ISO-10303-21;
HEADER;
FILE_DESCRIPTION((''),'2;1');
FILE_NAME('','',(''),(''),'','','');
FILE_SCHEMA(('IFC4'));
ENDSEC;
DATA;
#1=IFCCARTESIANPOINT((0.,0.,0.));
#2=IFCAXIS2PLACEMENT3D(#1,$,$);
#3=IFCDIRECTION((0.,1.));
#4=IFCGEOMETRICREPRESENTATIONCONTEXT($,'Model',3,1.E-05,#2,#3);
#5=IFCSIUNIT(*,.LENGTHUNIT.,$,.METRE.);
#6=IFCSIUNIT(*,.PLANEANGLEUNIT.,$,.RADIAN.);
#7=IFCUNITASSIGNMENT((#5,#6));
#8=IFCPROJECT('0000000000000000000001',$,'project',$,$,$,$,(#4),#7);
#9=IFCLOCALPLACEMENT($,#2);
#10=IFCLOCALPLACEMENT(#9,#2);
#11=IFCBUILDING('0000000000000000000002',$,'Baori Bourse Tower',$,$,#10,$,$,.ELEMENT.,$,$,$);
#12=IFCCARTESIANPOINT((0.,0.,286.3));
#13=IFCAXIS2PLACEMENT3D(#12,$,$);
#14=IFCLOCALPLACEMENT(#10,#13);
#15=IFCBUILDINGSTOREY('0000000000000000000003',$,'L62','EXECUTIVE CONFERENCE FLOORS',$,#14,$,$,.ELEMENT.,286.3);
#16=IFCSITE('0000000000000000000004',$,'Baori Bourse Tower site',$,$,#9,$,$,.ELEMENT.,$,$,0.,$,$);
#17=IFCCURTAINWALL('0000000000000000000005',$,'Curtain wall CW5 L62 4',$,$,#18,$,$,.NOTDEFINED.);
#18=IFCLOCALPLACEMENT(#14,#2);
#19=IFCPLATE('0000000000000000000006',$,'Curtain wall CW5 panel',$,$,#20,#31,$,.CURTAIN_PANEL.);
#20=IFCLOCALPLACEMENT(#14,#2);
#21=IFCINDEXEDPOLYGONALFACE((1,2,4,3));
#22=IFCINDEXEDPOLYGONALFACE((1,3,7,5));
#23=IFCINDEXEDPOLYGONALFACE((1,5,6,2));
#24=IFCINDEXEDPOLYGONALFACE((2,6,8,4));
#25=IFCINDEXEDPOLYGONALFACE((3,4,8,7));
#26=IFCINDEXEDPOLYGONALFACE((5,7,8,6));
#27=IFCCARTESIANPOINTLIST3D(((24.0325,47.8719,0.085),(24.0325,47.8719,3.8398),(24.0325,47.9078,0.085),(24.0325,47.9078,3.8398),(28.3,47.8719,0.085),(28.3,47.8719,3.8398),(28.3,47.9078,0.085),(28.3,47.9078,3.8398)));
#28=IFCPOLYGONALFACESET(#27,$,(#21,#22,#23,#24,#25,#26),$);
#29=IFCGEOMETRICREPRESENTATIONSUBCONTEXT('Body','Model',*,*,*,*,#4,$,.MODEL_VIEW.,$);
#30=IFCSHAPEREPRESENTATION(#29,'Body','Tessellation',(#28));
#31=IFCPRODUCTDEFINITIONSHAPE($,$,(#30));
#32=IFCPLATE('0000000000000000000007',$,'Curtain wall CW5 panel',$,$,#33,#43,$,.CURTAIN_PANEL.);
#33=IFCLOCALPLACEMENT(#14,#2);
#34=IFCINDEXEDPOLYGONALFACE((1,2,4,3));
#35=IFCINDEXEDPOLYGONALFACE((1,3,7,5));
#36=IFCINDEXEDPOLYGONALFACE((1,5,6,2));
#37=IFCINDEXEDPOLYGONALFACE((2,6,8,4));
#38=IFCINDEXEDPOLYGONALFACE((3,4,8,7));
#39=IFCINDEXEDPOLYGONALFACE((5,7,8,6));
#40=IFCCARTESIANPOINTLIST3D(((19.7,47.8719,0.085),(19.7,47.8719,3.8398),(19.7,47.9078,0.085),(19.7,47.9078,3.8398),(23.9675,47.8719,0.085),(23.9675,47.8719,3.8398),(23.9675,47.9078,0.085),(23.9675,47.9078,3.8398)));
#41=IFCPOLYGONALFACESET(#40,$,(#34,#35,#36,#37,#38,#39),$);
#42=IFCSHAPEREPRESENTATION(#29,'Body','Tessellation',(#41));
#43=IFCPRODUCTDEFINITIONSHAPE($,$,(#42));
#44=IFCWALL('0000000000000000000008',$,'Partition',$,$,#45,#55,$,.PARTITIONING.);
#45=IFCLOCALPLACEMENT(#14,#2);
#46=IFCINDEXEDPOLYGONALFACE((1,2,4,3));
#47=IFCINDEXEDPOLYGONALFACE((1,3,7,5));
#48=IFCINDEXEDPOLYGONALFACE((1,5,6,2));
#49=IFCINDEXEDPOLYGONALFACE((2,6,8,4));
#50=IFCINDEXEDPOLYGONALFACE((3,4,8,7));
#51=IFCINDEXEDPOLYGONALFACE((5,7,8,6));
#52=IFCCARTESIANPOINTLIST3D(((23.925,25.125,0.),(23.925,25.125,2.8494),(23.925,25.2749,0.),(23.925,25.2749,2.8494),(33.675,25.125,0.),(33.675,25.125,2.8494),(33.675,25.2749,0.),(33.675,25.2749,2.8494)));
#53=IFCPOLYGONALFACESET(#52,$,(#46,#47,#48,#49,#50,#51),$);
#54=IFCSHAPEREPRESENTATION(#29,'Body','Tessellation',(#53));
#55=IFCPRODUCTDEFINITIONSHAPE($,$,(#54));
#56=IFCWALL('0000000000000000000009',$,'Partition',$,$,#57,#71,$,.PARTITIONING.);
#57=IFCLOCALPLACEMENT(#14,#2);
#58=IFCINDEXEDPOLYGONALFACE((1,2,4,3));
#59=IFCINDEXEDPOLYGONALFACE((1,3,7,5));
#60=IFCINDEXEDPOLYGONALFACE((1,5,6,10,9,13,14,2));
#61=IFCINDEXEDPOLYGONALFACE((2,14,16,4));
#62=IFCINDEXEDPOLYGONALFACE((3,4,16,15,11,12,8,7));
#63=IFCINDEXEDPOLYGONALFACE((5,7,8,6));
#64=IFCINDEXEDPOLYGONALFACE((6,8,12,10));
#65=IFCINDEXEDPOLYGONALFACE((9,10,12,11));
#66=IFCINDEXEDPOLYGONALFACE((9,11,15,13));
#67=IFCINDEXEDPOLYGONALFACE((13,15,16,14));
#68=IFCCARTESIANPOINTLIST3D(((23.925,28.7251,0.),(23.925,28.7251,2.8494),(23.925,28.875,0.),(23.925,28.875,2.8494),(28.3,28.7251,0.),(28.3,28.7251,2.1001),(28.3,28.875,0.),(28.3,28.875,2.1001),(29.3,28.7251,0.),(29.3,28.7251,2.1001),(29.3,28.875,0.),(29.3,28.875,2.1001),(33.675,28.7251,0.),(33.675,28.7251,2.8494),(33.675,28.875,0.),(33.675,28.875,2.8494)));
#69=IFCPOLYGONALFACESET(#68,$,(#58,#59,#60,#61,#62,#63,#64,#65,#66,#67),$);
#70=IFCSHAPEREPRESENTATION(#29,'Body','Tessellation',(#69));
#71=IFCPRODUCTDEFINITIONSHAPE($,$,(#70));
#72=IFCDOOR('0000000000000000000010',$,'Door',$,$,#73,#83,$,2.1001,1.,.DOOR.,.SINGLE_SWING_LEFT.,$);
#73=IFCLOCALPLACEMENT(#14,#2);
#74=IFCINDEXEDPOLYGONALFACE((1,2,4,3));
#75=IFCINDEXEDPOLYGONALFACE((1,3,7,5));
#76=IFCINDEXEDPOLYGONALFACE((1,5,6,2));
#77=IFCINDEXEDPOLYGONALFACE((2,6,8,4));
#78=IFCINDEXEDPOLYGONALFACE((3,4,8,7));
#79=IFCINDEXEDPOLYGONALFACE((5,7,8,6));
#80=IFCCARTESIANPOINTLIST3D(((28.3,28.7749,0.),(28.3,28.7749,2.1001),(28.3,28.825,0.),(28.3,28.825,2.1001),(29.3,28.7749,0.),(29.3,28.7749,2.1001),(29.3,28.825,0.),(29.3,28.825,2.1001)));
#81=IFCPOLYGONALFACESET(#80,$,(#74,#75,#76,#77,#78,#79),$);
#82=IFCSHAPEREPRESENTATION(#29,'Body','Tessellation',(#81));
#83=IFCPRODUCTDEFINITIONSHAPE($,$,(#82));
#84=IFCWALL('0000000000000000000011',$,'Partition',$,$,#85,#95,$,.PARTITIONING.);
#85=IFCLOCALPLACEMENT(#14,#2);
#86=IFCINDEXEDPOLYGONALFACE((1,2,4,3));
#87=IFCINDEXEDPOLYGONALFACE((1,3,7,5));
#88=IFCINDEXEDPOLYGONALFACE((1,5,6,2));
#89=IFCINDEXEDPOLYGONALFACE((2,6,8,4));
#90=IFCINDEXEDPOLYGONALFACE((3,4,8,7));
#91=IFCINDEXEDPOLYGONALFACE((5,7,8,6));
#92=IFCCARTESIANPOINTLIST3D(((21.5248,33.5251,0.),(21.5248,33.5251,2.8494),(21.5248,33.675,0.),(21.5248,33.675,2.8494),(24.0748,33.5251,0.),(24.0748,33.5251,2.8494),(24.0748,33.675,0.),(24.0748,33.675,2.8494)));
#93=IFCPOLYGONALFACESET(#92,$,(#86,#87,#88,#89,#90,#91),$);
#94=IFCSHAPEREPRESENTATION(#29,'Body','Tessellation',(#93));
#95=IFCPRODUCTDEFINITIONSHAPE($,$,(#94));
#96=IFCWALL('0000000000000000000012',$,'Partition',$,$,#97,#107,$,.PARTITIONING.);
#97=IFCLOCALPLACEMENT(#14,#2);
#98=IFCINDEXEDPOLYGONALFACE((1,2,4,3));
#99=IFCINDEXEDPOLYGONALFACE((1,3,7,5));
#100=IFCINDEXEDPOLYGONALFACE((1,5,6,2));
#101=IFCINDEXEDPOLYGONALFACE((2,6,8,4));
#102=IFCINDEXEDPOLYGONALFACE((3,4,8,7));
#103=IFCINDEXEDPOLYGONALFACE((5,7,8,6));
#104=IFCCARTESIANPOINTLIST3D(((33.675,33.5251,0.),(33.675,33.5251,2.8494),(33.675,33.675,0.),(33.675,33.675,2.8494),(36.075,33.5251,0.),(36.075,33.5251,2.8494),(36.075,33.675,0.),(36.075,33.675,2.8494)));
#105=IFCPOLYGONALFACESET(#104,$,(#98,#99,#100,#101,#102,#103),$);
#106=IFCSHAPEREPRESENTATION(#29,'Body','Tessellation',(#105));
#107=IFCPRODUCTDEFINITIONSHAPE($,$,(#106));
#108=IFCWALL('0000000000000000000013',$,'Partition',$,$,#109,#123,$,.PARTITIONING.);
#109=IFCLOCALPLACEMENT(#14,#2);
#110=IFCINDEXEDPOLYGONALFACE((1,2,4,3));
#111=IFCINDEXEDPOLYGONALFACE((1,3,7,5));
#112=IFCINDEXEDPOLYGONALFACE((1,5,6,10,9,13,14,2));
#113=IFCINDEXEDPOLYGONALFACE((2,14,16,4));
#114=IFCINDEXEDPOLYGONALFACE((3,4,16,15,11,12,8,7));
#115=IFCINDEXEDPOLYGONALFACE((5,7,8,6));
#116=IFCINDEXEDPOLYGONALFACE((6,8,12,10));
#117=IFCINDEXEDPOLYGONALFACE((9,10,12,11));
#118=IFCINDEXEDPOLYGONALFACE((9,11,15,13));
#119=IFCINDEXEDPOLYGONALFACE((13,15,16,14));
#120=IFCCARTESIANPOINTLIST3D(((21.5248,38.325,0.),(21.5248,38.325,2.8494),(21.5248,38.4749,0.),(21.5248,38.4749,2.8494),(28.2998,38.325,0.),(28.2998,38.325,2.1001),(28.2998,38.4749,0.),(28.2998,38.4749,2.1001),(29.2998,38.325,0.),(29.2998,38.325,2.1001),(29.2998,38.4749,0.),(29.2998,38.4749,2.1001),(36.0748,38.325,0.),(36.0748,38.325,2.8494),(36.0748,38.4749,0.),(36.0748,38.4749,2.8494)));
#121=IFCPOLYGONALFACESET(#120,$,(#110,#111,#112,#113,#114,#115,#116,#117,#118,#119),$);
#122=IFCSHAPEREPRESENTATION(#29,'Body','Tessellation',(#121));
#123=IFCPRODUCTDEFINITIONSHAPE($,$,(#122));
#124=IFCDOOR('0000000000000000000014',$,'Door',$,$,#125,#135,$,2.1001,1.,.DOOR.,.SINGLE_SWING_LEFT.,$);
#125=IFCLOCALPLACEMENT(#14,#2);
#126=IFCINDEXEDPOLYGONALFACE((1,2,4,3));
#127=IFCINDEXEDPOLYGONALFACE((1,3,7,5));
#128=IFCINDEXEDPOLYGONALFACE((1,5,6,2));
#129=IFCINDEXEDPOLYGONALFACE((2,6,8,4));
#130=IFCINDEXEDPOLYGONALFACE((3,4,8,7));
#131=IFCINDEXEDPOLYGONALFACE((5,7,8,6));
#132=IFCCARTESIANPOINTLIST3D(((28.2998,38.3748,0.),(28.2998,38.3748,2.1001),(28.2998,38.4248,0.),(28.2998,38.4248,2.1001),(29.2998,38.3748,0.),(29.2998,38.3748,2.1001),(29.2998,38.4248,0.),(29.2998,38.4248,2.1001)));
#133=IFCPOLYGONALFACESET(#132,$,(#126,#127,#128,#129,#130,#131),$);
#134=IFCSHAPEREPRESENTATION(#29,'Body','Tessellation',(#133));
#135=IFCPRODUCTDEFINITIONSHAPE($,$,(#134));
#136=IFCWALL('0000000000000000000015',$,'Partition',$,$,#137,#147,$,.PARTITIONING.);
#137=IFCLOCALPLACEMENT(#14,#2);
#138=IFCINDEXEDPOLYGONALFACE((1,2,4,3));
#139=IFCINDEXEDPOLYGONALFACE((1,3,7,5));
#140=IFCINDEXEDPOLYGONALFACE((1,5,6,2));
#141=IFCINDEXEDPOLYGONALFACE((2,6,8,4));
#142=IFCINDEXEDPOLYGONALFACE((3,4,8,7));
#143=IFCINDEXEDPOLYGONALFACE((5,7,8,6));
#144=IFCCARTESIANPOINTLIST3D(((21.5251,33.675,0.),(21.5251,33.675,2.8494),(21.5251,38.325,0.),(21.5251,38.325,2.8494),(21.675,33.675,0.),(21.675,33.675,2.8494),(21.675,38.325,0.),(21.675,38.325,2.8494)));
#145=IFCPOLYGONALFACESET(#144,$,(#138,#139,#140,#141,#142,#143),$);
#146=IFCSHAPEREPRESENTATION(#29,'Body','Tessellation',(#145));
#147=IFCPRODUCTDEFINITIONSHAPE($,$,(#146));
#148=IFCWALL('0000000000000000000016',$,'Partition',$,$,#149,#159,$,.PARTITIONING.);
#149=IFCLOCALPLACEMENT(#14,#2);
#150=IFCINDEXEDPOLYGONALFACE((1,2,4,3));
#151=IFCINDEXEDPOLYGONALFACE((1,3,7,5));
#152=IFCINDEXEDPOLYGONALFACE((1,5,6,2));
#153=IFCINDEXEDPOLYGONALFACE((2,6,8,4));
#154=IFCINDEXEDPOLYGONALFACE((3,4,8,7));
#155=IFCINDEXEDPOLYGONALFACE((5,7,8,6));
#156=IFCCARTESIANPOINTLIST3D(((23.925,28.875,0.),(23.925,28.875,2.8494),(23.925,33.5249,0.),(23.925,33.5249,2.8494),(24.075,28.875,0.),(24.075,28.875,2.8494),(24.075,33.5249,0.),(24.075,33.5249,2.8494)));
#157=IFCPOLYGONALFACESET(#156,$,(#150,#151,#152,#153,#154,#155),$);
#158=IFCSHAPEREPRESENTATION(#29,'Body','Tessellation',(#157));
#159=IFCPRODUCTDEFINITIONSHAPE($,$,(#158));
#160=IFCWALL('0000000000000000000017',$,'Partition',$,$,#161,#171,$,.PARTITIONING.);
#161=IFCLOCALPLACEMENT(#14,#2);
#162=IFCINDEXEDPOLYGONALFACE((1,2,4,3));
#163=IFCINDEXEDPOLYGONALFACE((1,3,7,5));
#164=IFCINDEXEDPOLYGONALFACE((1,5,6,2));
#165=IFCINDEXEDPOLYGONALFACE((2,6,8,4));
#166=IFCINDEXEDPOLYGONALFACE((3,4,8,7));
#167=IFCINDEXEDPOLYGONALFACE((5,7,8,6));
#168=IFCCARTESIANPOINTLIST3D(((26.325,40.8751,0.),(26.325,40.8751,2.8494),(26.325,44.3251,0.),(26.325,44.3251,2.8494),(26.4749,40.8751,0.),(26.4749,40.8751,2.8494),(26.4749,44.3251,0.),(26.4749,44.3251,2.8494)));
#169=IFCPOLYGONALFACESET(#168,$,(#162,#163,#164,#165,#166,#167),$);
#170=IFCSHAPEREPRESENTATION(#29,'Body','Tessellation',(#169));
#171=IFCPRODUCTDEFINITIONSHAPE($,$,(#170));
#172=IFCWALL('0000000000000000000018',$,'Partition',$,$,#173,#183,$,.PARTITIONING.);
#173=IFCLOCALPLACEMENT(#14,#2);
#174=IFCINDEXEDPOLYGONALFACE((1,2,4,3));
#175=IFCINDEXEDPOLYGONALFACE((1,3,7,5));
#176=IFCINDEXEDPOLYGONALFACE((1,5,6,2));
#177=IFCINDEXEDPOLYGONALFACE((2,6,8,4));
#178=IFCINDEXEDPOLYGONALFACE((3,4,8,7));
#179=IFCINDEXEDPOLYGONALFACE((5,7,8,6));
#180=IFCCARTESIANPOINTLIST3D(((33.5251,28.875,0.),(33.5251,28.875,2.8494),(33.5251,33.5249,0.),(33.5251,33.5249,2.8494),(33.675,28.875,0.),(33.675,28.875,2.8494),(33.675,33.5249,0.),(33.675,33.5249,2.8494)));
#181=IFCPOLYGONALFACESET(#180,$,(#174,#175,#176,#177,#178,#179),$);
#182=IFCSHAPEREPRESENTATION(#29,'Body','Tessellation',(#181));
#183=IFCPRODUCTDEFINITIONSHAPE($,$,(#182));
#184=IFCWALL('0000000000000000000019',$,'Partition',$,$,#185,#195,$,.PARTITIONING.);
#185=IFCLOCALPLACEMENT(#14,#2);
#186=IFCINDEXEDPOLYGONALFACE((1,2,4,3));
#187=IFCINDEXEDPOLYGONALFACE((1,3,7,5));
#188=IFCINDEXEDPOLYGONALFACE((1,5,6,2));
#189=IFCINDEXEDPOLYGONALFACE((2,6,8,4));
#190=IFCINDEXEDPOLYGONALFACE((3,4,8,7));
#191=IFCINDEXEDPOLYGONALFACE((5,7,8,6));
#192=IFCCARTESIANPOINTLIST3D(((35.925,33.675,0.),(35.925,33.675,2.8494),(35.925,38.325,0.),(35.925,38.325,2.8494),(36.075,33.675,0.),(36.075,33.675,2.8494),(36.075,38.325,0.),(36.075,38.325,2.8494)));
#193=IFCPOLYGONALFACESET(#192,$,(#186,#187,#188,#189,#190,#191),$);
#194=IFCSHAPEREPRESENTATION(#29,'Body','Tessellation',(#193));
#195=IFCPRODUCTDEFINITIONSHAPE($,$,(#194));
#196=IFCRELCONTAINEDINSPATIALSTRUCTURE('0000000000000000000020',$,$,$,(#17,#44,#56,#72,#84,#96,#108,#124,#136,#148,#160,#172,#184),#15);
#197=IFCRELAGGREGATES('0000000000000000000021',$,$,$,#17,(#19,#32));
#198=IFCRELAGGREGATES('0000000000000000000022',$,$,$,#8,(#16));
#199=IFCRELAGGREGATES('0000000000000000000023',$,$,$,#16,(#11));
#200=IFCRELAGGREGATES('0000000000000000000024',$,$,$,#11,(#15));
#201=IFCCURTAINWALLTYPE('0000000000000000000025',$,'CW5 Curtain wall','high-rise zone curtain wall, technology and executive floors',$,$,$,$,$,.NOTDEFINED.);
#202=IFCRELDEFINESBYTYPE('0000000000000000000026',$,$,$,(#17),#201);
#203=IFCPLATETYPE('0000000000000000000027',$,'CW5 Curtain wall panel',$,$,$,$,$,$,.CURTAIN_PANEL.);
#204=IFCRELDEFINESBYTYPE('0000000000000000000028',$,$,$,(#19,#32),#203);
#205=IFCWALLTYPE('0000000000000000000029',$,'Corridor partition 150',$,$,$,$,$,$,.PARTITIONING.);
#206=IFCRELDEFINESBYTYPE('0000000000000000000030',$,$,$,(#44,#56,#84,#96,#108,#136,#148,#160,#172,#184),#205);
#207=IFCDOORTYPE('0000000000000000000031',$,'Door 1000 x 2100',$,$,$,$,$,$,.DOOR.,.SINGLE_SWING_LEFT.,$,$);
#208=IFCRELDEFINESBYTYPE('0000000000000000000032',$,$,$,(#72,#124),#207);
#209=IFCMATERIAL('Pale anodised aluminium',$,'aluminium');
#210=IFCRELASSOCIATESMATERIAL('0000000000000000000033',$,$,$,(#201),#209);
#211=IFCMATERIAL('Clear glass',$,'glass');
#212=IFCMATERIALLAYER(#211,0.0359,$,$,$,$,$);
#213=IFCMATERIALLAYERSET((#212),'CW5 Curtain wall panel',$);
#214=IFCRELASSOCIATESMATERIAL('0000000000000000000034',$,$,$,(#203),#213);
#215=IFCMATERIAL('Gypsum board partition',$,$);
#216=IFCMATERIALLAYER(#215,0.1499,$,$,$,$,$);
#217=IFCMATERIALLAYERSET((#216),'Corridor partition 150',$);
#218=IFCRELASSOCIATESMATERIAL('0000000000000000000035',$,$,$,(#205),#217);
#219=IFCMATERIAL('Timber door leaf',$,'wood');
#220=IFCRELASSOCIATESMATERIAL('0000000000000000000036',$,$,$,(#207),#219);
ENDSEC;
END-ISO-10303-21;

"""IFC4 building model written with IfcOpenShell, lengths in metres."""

from ifc_helpers import new_model, si_unit, direction, frame, frame_2d, origin, origin_2d, place, context, subcontext, project, spatial, rectangle, extrude, material, layer, layer_set, type_object, element, fill, aggregate, save


model = new_model("IFC4")

# Units and contexts
model_context = context("Model", 3, precision=1e-05, world=origin(), true_north=direction((0.0, 1.0)))
body_context = subcontext(model_context, "Body", "Model", "MODEL_VIEW")
ifc_project = project(units=[si_unit("LENGTHUNIT", "METRE"), si_unit("PLANEANGLEUNIT", "RADIAN")], contexts=[model_context])

# Site, building, storey
site_placement = place(None, origin())
site = spatial("IfcSite", under=ifc_project, at=site_placement, Name="Baori Bourse Tower site", CompositionType="ELEMENT", RefElevation=0.0)
building_placement = place(site_placement, origin())
building = spatial("IfcBuilding", under=site, at=building_placement, Name="Baori Bourse Tower", CompositionType="ELEMENT")
storey_placement = place(building_placement, frame((0.0, 0.0, 286.3)))
storey = spatial("IfcBuildingStorey", under=building, at=storey_placement, Name="L62", Description="EXECUTIVE CONFERENCE FLOORS", CompositionType="ELEMENT", Elevation=286.3)

# Curtain wall
ifc_material_1 = material(Name="Pale anodised aluminium", Category="aluminium")
curtain_wall_type_1 = type_object("IfcCurtainWallType", Name="CW5 Curtain wall", Description="high-rise zone curtain wall, technology and executive floors", PredefinedType="NOTDEFINED", material=ifc_material_1)
curtain_wall_1_placement = place(storey_placement, origin())
curtain_wall_1 = element("IfcCurtainWall", 1, at=curtain_wall_1_placement, inside=storey, type_object=curtain_wall_type_1, Name="Curtain wall CW5 L62 4", PredefinedType="NOTDEFINED")

# Plates
ifc_material_2 = material(Name="Clear glass", Category="glass")
ifc_layer_1 = layer(ifc_material_2, 0.0359)
ifc_layer_set_1 = layer_set([ifc_layer_1], Name="CW5 Curtain wall panel")
plate_type_1 = type_object("IfcPlateType", Name="CW5 Curtain wall panel", PredefinedType="CURTAIN_PANEL", material=ifc_layer_set_1)
plate_1_placement = place(storey_placement, frame((26.1663, 47.8899, 0.085), z_axis=(0.0, 0.0, 1.0), x_axis=(-1.0, 0.0, 0.0)))
plate_1 = element("IfcPlate", 2, at=plate_1_placement, type_object=plate_type_1, Name="Curtain wall CW5 panel", PredefinedType="CURTAIN_PANEL", context=body_context, shape_type="SweptSolid", body=[
    extrude(rectangle(XDim=4.2676, YDim=0.0359, at=origin_2d()), origin(), (0.0, 0.0, 1.0), 3.7549),
])
plate_2_placement = place(storey_placement, frame((21.8337, 47.8899, 0.085), z_axis=(0.0, 0.0, 1.0), x_axis=(-1.0, 0.0, 0.0)))
plate_2 = element("IfcPlate", 3, at=plate_2_placement, type_object=plate_type_1, Name="Curtain wall CW5 panel", PredefinedType="CURTAIN_PANEL", context=body_context, shape_type="SweptSolid", body=[
    extrude(rectangle(XDim=4.2676, YDim=0.0359, at=origin_2d()), origin(), (0.0, 0.0, 1.0), 3.7549),
])
aggregate(curtain_wall_1, [plate_1, plate_2])

# Wall
ifc_material_3 = material(Name="Gypsum board partition")
ifc_layer_2 = layer(ifc_material_3, 0.1499)
ifc_layer_set_2 = layer_set([ifc_layer_2], Name="Corridor partition 150")
wall_type_1 = type_object("IfcWallType", Name="Corridor partition 150", PredefinedType="PARTITIONING", material=ifc_layer_set_2)
wall_1_placement = place(storey_placement, frame((23.925, 25.2, 0.0), z_axis=(0.0, 0.0, 1.0), x_axis=(1.0, 0.0, 0.0)))
element("IfcWall", 4, at=wall_1_placement, inside=storey, type_object=wall_type_1, Name="Partition", PredefinedType="PARTITIONING", context=body_context, shape_type="SweptSolid", body=[
    extrude(rectangle(XDim=9.75, YDim=0.1499, at=frame_2d((4.875, 0.0))), origin(), (0.0, 0.0, 1.0), 2.8494),
])

# Wall, opening, door
wall_2_placement = place(storey_placement, frame((23.925, 28.8, 0.0), z_axis=(0.0, 0.0, 1.0), x_axis=(1.0, 0.0, 0.0)))
wall_2 = element("IfcWall", 5, at=wall_2_placement, inside=storey, type_object=wall_type_1, Name="Partition", PredefinedType="PARTITIONING", context=body_context, shape_type="SweptSolid", body=[
    extrude(rectangle(XDim=9.75, YDim=0.1499, at=frame_2d((4.875, 0.0))), origin(), (0.0, 0.0, 1.0), 2.8494),
])
opening_1_placement = place(wall_2_placement, frame((4.375, 0.0, 0.0)))
opening_1 = element("IfcOpeningElement", 6, at=opening_1_placement, cuts=wall_2, PredefinedType="OPENING", context=body_context, shape_type="SweptSolid", body=[
    extrude(rectangle(XDim=1.0, YDim=2.1001, at=frame_2d((0.5, 1.05))), frame((0.0, 0.085, 0.0), z_axis=(0.0, -1.0, 0.0), x_axis=(1.0, 0.0, 0.0)), (0.0, 0.0, 1.0), 0.1699),
])
ifc_material_4 = material(Name="Timber door leaf", Category="wood")
door_type = type_object("IfcDoorType", Name="Door 1000 x 2100", OperationType="SINGLE_SWING_LEFT", PredefinedType="DOOR", material=ifc_material_4)
door_1_placement = place(opening_1_placement, origin())
door_1 = element("IfcDoor", 7, at=door_1_placement, inside=storey, type_object=door_type, Name="Door", OperationType="SINGLE_SWING_LEFT", OverallHeight=2.1001, OverallWidth=1.0, PredefinedType="DOOR", context=body_context, shape_type="SweptSolid", body=[
    extrude(rectangle(XDim=1.0, YDim=2.1001, at=frame_2d((0.5, 1.05))), frame((0.0, 0.0249, 0.0), z_axis=(0.0, -1.0, 0.0), x_axis=(1.0, 0.0, 0.0)), (0.0, 0.0, 1.0), 0.05),
])
fill(opening_1, door_1)

# Walls
wall_3_placement = place(storey_placement, frame((21.5249, 33.6001, 0.0), z_axis=(0.0, 0.0, 1.0), x_axis=(1.0, 0.0, 0.0)))
element("IfcWall", 8, at=wall_3_placement, inside=storey, type_object=wall_type_1, Name="Partition", PredefinedType="PARTITIONING", context=body_context, shape_type="SweptSolid", body=[
    extrude(rectangle(XDim=2.55, YDim=0.1499, at=frame_2d((1.2749, 0.0))), origin(), (0.0, 0.0, 1.0), 2.8494),
])
wall_4_placement = place(storey_placement, frame((33.675, 33.6001, 0.0), z_axis=(0.0, 0.0, 1.0), x_axis=(1.0, 0.0, 0.0)))
element("IfcWall", 9, at=wall_4_placement, inside=storey, type_object=wall_type_1, Name="Partition", PredefinedType="PARTITIONING", context=body_context, shape_type="SweptSolid", body=[
    extrude(rectangle(XDim=2.3999, YDim=0.1499, at=frame_2d((1.2, 0.0))), origin(), (0.0, 0.0, 1.0), 2.8494),
])

# Wall, opening, door
wall_5_placement = place(storey_placement, frame((21.5249, 38.3999, 0.0), z_axis=(0.0, 0.0, 1.0), x_axis=(1.0, 0.0, 0.0)))
wall_5 = element("IfcWall", 10, at=wall_5_placement, inside=storey, type_object=wall_type_1, Name="Partition", PredefinedType="PARTITIONING", context=body_context, shape_type="SweptSolid", body=[
    extrude(rectangle(XDim=14.55, YDim=0.1499, at=frame_2d((7.2749, 0.0))), origin(), (0.0, 0.0, 1.0), 2.8494),
])
opening_2_placement = place(wall_5_placement, frame((6.7749, 0.0, 0.0)))
opening_2 = element("IfcOpeningElement", 11, at=opening_2_placement, cuts=wall_5, PredefinedType="OPENING", context=body_context, shape_type="SweptSolid", body=[
    extrude(rectangle(XDim=1.0, YDim=2.1001, at=frame_2d((0.5, 1.05))), frame((0.0, 0.085, 0.0), z_axis=(0.0, -1.0, 0.0), x_axis=(1.0, 0.0, 0.0)), (0.0, 0.0, 1.0), 0.1699),
])
door_2_placement = place(opening_2_placement, origin())
door_2 = element("IfcDoor", 12, at=door_2_placement, inside=storey, type_object=door_type, Name="Door", OperationType="SINGLE_SWING_LEFT", OverallHeight=2.1001, OverallWidth=1.0, PredefinedType="DOOR", context=body_context, shape_type="SweptSolid", body=[
    extrude(rectangle(XDim=1.0, YDim=2.1001, at=frame_2d((0.5, 1.05))), frame((0.0, 0.0249, 0.0), z_axis=(0.0, -1.0, 0.0), x_axis=(1.0, 0.0, 0.0)), (0.0, 0.0, 1.0), 0.05),
])
fill(opening_2, door_2)

# Walls
for number, where, z_axis, x_axis, name in (
    (13, (21.6001, 33.675, 0.0), (0.0, 0.0, 1.0), (0.0, 1.0, 0.0), "Partition"),
    (14, (24.0, 28.875, 0.0), (0.0, 0.0, 1.0), (0.0, 1.0, 0.0), "Partition"),
):
    element("IfcWall", number, at=place(storey_placement, frame(where, z_axis=z_axis, x_axis=x_axis)), inside=storey, type_object=wall_type_1, Name=name, PredefinedType="PARTITIONING", context=body_context, shape_type="SweptSolid", body=[
        extrude(rectangle(XDim=4.6499, YDim=0.1499, at=frame_2d((2.325, 0.0))), origin(), (0.0, 0.0, 1.0), 2.8494),
    ])
wall_6_placement = place(storey_placement, frame((26.3999, 40.875, 0.0), z_axis=(0.0, 0.0, 1.0), x_axis=(0.0, 1.0, 0.0)))
element("IfcWall", 15, at=wall_6_placement, inside=storey, type_object=wall_type_1, Name="Partition", PredefinedType="PARTITIONING", context=body_context, shape_type="SweptSolid", body=[
    extrude(rectangle(XDim=3.45, YDim=0.1499, at=frame_2d((1.7251, 0.0))), origin(), (0.0, 0.0, 1.0), 2.8494),
])
for number, where, z_axis, x_axis, name in (
    (16, (33.6001, 28.875, 0.0), (0.0, 0.0, 1.0), (0.0, 1.0, 0.0), "Partition"),
    (17, (36.0, 33.675, 0.0), (0.0, 0.0, 1.0), (0.0, 1.0, 0.0), "Partition"),
):
    element("IfcWall", number, at=place(storey_placement, frame(where, z_axis=z_axis, x_axis=x_axis)), inside=storey, type_object=wall_type_1, Name=name, PredefinedType="PARTITIONING", context=body_context, shape_type="SweptSolid", body=[
        extrude(rectangle(XDim=4.6499, YDim=0.1499, at=frame_2d((2.325, 0.0))), origin(), (0.0, 0.0, 1.0), 2.8494),
    ])

save(model, "model.ifc")
